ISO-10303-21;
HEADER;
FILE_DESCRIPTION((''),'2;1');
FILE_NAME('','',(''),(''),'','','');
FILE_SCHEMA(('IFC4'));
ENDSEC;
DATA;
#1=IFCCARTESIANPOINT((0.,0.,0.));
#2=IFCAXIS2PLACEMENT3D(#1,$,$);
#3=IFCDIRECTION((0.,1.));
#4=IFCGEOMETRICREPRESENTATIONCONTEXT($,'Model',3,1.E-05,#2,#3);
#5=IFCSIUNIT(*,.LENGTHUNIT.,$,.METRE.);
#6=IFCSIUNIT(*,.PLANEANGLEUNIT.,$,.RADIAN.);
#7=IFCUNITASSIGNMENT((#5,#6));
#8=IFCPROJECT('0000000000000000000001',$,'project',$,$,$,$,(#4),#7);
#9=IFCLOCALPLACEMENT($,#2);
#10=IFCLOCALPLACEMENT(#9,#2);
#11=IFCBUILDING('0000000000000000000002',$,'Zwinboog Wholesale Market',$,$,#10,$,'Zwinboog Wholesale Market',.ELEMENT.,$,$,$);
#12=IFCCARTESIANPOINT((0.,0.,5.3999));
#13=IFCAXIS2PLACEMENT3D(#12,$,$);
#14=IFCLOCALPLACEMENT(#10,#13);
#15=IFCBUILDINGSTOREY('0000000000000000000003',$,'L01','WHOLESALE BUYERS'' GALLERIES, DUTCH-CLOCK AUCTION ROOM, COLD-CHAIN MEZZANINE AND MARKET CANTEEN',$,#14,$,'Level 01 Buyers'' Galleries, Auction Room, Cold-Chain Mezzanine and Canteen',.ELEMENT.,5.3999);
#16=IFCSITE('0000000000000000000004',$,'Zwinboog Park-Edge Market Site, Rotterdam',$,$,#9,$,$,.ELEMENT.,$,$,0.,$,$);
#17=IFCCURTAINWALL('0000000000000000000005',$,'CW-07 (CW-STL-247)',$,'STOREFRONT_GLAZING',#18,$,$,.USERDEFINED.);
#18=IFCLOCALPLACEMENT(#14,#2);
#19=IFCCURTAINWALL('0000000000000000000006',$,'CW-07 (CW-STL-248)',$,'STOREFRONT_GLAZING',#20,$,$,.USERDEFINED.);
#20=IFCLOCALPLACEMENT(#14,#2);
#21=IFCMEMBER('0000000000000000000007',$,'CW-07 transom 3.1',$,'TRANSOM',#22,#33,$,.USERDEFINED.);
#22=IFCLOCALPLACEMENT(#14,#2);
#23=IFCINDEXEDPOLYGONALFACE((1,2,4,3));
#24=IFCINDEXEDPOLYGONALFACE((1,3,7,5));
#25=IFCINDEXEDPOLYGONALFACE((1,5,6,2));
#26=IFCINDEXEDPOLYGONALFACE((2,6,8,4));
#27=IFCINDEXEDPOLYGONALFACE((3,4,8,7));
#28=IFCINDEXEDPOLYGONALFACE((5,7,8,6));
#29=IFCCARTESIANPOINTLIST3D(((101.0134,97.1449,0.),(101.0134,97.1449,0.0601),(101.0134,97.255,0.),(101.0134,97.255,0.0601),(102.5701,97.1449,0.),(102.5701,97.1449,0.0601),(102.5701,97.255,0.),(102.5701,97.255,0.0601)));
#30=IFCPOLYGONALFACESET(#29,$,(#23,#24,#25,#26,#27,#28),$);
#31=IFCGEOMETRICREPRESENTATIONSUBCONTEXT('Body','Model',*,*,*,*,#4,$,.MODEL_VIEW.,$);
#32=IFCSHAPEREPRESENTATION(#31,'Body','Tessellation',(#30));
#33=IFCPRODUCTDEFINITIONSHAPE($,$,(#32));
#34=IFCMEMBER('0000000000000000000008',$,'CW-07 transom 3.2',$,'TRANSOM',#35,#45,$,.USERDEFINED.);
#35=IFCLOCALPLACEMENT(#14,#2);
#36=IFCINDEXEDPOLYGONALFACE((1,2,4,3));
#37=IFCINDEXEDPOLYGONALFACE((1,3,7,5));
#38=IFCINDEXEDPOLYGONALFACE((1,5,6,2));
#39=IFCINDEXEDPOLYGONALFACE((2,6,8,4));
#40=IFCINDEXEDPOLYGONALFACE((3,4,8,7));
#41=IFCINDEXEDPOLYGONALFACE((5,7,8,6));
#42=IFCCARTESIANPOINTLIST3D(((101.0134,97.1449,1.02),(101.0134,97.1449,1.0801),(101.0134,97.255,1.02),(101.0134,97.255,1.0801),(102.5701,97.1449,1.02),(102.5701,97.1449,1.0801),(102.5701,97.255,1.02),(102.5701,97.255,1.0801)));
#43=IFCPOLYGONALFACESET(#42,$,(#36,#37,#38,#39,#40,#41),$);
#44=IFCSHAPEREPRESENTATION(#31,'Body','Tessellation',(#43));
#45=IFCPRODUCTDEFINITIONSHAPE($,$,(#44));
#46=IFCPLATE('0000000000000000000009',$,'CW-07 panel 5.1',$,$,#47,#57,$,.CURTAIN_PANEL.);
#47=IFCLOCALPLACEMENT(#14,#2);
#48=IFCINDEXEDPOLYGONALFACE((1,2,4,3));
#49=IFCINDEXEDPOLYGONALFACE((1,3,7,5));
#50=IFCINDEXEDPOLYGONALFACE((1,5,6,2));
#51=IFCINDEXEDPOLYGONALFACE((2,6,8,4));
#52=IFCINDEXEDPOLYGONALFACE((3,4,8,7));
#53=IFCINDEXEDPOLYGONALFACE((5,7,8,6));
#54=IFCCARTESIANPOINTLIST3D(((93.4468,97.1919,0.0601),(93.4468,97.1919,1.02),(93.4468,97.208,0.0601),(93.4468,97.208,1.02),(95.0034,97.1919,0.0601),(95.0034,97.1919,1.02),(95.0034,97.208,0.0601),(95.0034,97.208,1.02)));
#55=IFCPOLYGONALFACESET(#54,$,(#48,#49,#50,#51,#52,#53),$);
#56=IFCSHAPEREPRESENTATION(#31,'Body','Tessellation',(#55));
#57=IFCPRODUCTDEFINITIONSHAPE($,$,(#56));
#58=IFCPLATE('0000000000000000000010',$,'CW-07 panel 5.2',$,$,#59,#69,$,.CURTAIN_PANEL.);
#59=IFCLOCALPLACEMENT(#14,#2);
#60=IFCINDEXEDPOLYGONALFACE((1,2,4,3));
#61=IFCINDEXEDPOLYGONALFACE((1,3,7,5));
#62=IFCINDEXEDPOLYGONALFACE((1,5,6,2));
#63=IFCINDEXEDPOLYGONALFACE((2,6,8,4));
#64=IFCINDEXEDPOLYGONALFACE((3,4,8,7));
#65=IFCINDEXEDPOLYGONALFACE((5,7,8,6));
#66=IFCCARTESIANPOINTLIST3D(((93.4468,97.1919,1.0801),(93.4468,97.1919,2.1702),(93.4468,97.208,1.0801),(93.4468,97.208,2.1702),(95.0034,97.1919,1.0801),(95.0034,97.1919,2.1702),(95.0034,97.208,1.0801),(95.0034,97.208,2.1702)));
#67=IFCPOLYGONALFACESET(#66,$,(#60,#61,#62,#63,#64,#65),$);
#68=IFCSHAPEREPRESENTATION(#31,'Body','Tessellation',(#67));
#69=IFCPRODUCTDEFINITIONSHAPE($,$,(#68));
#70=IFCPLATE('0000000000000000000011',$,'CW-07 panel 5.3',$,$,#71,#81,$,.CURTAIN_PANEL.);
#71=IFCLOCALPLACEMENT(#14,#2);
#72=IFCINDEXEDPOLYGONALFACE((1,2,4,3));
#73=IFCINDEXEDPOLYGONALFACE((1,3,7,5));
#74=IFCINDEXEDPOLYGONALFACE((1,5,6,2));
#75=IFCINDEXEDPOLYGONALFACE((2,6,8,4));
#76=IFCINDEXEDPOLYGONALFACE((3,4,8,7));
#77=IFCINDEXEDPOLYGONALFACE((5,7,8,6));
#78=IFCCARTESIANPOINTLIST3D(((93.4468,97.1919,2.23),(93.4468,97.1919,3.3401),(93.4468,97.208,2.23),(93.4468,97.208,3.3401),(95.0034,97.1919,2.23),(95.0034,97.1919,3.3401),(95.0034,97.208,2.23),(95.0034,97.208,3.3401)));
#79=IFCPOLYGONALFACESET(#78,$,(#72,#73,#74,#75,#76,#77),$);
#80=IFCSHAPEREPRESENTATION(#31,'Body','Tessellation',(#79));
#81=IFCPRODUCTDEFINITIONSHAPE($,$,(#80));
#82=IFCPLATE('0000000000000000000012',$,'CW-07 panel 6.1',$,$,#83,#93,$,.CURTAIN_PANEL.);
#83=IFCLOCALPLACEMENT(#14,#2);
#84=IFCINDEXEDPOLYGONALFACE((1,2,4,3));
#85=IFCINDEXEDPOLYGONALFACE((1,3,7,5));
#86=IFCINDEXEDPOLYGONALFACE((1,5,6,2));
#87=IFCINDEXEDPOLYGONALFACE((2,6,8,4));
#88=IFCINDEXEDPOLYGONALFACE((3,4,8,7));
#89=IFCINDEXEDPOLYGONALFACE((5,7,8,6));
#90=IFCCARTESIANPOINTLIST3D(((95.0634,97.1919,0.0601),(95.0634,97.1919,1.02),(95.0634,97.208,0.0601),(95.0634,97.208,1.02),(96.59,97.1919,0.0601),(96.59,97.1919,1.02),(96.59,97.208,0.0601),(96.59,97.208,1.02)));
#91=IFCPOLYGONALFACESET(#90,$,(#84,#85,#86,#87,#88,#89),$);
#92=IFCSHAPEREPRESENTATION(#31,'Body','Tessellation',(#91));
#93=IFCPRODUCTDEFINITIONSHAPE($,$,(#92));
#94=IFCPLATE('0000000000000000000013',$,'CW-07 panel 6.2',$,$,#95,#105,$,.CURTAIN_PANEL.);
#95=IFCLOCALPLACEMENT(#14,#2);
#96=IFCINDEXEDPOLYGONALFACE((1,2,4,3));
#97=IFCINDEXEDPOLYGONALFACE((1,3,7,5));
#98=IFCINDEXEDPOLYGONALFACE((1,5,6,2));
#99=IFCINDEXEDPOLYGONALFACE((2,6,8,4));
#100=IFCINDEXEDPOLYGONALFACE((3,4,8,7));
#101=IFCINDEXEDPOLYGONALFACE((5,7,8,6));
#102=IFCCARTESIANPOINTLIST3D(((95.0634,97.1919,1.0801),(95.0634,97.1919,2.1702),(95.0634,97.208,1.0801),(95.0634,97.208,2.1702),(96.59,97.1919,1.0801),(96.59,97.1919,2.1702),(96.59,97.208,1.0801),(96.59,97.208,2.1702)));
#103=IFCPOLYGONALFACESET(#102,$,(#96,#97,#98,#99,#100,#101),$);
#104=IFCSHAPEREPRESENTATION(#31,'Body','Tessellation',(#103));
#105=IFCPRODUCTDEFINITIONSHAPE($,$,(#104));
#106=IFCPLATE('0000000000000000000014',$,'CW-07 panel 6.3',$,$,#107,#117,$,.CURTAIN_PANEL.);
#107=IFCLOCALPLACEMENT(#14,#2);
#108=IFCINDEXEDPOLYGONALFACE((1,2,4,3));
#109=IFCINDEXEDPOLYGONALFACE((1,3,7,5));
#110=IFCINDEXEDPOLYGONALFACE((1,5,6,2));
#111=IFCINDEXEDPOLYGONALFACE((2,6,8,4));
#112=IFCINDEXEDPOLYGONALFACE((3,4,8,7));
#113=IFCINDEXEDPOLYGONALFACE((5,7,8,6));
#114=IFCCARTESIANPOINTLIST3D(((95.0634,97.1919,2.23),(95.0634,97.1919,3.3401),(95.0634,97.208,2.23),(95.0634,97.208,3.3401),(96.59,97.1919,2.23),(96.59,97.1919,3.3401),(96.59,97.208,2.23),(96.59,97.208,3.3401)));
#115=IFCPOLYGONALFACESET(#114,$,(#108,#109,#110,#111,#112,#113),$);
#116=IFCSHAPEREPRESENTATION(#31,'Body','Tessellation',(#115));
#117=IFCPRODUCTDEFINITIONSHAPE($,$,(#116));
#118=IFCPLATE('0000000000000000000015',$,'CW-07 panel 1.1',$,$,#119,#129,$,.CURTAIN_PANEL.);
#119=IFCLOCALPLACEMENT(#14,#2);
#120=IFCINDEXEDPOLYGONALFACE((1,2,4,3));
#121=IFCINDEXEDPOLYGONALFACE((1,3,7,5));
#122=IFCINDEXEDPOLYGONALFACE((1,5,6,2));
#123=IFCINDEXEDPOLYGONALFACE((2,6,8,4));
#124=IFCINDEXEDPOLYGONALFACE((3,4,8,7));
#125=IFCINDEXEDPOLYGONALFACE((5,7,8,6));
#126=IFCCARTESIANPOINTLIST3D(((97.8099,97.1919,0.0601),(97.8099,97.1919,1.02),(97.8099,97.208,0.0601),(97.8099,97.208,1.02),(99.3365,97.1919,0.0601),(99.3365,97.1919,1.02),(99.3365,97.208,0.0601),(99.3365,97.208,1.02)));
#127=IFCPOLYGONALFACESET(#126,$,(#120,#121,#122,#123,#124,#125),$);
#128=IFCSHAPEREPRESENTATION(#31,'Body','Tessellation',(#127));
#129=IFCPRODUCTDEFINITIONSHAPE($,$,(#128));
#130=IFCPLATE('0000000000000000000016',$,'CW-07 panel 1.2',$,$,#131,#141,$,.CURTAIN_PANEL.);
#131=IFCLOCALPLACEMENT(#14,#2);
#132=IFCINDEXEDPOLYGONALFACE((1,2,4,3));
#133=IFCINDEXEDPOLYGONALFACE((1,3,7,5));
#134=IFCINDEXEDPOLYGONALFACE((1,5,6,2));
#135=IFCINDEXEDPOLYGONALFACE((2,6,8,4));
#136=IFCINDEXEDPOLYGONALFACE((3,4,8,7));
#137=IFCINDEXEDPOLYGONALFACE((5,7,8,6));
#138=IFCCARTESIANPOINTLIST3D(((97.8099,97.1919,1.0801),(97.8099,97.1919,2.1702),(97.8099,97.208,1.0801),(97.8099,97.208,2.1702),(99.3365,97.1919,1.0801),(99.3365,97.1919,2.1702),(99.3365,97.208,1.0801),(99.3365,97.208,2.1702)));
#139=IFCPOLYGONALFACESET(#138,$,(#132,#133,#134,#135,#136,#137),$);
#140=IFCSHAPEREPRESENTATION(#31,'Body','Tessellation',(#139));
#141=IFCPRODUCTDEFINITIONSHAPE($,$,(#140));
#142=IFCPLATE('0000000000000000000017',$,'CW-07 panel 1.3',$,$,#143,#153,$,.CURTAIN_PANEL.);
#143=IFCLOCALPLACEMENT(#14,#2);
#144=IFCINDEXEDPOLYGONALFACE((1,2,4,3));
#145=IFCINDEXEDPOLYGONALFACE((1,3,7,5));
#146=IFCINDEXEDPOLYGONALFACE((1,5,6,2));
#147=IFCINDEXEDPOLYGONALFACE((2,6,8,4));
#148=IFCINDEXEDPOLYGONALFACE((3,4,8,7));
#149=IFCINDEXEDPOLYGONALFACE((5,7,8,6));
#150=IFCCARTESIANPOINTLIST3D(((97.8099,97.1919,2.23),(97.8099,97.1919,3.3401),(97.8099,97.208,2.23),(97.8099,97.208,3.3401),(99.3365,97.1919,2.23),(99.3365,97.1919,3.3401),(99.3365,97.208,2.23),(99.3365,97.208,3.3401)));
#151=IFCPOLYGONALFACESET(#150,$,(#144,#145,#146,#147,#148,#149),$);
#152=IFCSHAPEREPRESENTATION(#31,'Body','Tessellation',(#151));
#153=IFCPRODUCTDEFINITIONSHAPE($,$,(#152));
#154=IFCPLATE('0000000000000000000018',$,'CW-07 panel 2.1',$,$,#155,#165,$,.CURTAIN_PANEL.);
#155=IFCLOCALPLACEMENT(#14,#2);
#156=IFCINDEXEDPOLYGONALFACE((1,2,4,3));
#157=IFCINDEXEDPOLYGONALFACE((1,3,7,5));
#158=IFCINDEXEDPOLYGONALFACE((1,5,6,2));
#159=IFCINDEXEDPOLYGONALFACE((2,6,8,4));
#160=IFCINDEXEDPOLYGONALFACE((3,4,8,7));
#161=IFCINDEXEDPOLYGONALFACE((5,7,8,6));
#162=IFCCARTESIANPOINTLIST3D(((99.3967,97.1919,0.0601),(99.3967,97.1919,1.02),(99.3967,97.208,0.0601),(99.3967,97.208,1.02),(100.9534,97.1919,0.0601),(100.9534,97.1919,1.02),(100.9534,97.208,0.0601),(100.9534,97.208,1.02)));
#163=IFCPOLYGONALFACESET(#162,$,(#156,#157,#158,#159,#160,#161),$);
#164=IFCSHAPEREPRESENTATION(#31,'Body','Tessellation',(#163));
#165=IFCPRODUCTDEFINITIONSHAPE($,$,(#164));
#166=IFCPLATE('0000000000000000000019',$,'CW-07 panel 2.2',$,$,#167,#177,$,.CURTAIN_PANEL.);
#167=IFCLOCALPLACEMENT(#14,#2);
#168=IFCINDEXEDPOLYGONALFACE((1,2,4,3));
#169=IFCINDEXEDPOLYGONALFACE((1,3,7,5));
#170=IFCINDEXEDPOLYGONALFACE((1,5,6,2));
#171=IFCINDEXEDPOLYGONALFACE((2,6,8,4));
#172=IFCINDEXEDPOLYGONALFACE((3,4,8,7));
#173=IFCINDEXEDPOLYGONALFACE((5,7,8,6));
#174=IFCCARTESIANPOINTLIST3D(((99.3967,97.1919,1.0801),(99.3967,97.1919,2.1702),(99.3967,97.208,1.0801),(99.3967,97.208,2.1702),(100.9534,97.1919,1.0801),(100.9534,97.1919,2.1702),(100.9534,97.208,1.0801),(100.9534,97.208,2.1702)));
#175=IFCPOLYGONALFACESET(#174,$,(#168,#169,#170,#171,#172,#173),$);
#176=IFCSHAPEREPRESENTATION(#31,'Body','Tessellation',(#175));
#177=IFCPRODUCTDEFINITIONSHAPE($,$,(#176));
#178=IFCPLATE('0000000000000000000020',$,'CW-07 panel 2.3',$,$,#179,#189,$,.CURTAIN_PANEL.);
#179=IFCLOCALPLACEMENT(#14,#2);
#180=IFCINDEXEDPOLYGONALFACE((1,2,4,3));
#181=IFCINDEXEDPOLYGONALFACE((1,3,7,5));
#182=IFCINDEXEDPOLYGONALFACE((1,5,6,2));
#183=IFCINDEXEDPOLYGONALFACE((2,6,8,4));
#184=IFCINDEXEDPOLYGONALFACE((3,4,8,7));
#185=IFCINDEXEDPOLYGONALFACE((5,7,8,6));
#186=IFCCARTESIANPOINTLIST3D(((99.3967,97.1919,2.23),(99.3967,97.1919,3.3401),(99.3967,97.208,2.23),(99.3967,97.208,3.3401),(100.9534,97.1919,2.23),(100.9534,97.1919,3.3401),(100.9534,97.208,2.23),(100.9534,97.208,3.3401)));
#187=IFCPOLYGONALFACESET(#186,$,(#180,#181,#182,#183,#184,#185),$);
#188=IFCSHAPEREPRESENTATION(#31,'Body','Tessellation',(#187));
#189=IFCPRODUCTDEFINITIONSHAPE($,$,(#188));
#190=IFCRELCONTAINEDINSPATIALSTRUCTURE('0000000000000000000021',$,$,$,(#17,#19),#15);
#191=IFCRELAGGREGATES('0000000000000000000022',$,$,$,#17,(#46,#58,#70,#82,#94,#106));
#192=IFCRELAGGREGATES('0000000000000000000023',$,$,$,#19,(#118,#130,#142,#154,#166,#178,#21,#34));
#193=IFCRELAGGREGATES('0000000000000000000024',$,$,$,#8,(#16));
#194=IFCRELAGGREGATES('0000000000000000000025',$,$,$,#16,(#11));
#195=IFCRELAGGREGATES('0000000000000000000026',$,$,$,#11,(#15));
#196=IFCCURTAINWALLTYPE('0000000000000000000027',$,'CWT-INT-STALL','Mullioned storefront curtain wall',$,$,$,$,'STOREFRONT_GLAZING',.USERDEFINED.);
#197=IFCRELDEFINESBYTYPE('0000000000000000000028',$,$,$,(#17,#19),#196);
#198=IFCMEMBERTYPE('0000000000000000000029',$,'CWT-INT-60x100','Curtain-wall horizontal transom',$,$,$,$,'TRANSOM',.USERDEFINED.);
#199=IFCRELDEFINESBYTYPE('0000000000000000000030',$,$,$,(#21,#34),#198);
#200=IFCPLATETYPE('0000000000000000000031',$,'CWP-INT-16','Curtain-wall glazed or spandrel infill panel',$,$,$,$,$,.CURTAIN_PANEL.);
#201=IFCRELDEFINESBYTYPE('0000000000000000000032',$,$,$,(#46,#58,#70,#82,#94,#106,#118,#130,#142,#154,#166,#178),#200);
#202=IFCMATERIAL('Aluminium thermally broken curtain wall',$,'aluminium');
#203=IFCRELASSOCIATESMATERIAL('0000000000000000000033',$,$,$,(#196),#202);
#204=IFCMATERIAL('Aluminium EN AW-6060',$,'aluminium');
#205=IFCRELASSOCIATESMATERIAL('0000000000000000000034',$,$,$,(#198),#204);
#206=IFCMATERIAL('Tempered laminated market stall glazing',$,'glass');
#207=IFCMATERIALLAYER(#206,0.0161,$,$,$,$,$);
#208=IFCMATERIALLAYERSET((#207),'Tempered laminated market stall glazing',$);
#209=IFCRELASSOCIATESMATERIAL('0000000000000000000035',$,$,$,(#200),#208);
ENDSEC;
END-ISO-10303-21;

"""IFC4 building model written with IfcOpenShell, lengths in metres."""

from ifc_helpers import new_model, si_unit, direction, frame, origin, origin_2d, place, context, subcontext, project, spatial, rectangle, extrude, material, layer, layer_set, material_profile, profile_set, type_object, element, aggregate, save


model = new_model("IFC4")

# Units and contexts
model_context = context("Model", 3, precision=1e-05, world=origin(), true_north=direction((0.0, 1.0)))
body_context = subcontext(model_context, "Body", "Model", "MODEL_VIEW")
ifc_project = project(units=[si_unit("LENGTHUNIT", "METRE"), si_unit("PLANEANGLEUNIT", "RADIAN")], contexts=[model_context])

# Site, building, storey
site_placement = place(None, origin())
site = spatial("IfcSite", under=ifc_project, at=site_placement, Name="Zwinboog Park-Edge Market Site, Rotterdam", CompositionType="ELEMENT", RefElevation=0.0)
building_placement = place(site_placement, origin())
building = spatial("IfcBuilding", under=site, at=building_placement, Name="Zwinboog Wholesale Market", LongName="Zwinboog Wholesale Market", CompositionType="ELEMENT")
storey_placement = place(building_placement, frame((0.0, 0.0, 5.3999)))
storey = spatial("IfcBuildingStorey", under=building, at=storey_placement, Name="L01", Description="WHOLESALE BUYERS' GALLERIES, DUTCH-CLOCK AUCTION ROOM, COLD-CHAIN MEZZANINE AND MARKET CANTEEN", LongName="Level 01 Buyers' Galleries, Auction Room, Cold-Chain Mezzanine and Canteen", CompositionType="ELEMENT", Elevation=5.3999)

# Curtain walls
ifc_material_1 = material(Name="Aluminium thermally broken curtain wall", Category="aluminium")
curtain_wall_type = type_object("IfcCurtainWallType", Name="CWT-INT-STALL", Description="Mullioned storefront curtain wall", ElementType="STOREFRONT_GLAZING", PredefinedType="USERDEFINED", material=ifc_material_1)
curtain_wall_1_placement = place(storey_placement, origin())
curtain_wall_1 = element("IfcCurtainWall", 1, at=curtain_wall_1_placement, inside=storey, type_object=curtain_wall_type, Name="CW-07 (CW-STL-247)", ObjectType="STOREFRONT_GLAZING", PredefinedType="USERDEFINED")
ifc_material_2 = material(Name="Aluminium EN AW-6060", Category="aluminium")
curtain_wall_2_placement = place(storey_placement, origin())
curtain_wall_2 = element("IfcCurtainWall", 2, at=curtain_wall_2_placement, inside=storey, type_object=curtain_wall_type, Name="CW-07 (CW-STL-248)", ObjectType="STOREFRONT_GLAZING", PredefinedType="USERDEFINED")

# Members
ifc_material_profile_1 = material_profile(ifc_material_2, rectangle(XDim=0.1101, YDim=0.0601, at=origin_2d()), Name="AL 60x110")
ifc_profile_set_1 = profile_set([ifc_material_profile_1], Name="Aluminium EN AW-6060")
member_type_1 = type_object("IfcMemberType", Name="CWT-INT-60x100", Description="Curtain-wall horizontal transom", ElementType="TRANSOM", PredefinedType="USERDEFINED", material=ifc_profile_set_1)
member_1_placement = place(storey_placement, frame((101.0134, 97.2, 0.03), z_axis=(1.0, 0.0, 0.0), x_axis=(0.0, 1.0, 0.0)))
member_1 = element("IfcMember", 3, at=member_1_placement, type_object=member_type_1, Name="CW-07 transom 3.1", ObjectType="TRANSOM", PredefinedType="USERDEFINED", context=body_context, shape_type="SweptSolid", body=[
    extrude(rectangle(XDim=0.1101, YDim=0.0601, at=origin_2d()), origin(), (0.0, 0.0, 1.0), 1.5566),
])
member_2_placement = place(storey_placement, frame((101.0134, 97.2, 1.05), z_axis=(1.0, 0.0, 0.0), x_axis=(0.0, 1.0, 0.0)))
member_2 = element("IfcMember", 4, at=member_2_placement, type_object=member_type_1, Name="CW-07 transom 3.2", ObjectType="TRANSOM", PredefinedType="USERDEFINED", context=body_context, shape_type="SweptSolid", body=[
    extrude(rectangle(XDim=0.1101, YDim=0.0601, at=origin_2d()), origin(), (0.0, 0.0, 1.0), 1.5566),
])

# Plates
ifc_material_3 = material(Name="Tempered laminated market stall glazing", Category="glass")
ifc_layer = layer(ifc_material_3, 0.0161)
ifc_layer_set = layer_set([ifc_layer], Name="Tempered laminated market stall glazing")
plate_type = type_object("IfcPlateType", Name="CWP-INT-16", Description="Curtain-wall glazed or spandrel infill panel", PredefinedType="CURTAIN_PANEL", material=ifc_layer_set)
plate_1_placement = place(storey_placement, frame((94.2251, 97.2, 0.0601), z_axis=(0.0, 0.0, 1.0), x_axis=(1.0, 0.0, 0.0)))
plate_1 = element("IfcPlate", 5, at=plate_1_placement, type_object=plate_type, Name="CW-07 panel 5.1", PredefinedType="CURTAIN_PANEL", context=body_context, shape_type="SweptSolid", body=[
    extrude(rectangle(XDim=1.5566, YDim=0.0161, at=origin_2d()), origin(), (0.0, 0.0, 1.0), 0.96),
])
plate_2_placement = place(storey_placement, frame((94.2251, 97.2, 1.0801), z_axis=(0.0, 0.0, 1.0), x_axis=(1.0, 0.0, 0.0)))
plate_2 = element("IfcPlate", 6, at=plate_2_placement, type_object=plate_type, Name="CW-07 panel 5.2", PredefinedType="CURTAIN_PANEL", context=body_context, shape_type="SweptSolid", body=[
    extrude(rectangle(XDim=1.5566, YDim=0.0161, at=origin_2d()), origin(), (0.0, 0.0, 1.0), 1.0901),
])
plate_3_placement = place(storey_placement, frame((94.2251, 97.2, 2.23), z_axis=(0.0, 0.0, 1.0), x_axis=(1.0, 0.0, 0.0)))
plate_3 = element("IfcPlate", 7, at=plate_3_placement, type_object=plate_type, Name="CW-07 panel 5.3", PredefinedType="CURTAIN_PANEL", context=body_context, shape_type="SweptSolid", body=[
    extrude(rectangle(XDim=1.5566, YDim=0.0161, at=origin_2d()), origin(), (0.0, 0.0, 1.0), 1.1101),
])
plate_4_placement = place(storey_placement, frame((95.8267, 97.2, 0.0601), z_axis=(0.0, 0.0, 1.0), x_axis=(1.0, 0.0, 0.0)))
plate_4 = element("IfcPlate", 8, at=plate_4_placement, type_object=plate_type, Name="CW-07 panel 6.1", PredefinedType="CURTAIN_PANEL", context=body_context, shape_type="SweptSolid", body=[
    extrude(rectangle(XDim=1.5266, YDim=0.0161, at=origin_2d()), origin(), (0.0, 0.0, 1.0), 0.96),
])
plate_5_placement = place(storey_placement, frame((95.8267, 97.2, 1.0801), z_axis=(0.0, 0.0, 1.0), x_axis=(1.0, 0.0, 0.0)))
plate_5 = element("IfcPlate", 9, at=plate_5_placement, type_object=plate_type, Name="CW-07 panel 6.2", PredefinedType="CURTAIN_PANEL", context=body_context, shape_type="SweptSolid", body=[
    extrude(rectangle(XDim=1.5266, YDim=0.0161, at=origin_2d()), origin(), (0.0, 0.0, 1.0), 1.0901),
])
plate_6_placement = place(storey_placement, frame((95.8267, 97.2, 2.23), z_axis=(0.0, 0.0, 1.0), x_axis=(1.0, 0.0, 0.0)))
plate_6 = element("IfcPlate", 10, at=plate_6_placement, type_object=plate_type, Name="CW-07 panel 6.3", PredefinedType="CURTAIN_PANEL", context=body_context, shape_type="SweptSolid", body=[
    extrude(rectangle(XDim=1.5266, YDim=0.0161, at=origin_2d()), origin(), (0.0, 0.0, 1.0), 1.1101),
])
aggregate(curtain_wall_1, [plate_1, plate_2, plate_3, plate_4, plate_5, plate_6])
plate_7_placement = place(storey_placement, frame((98.5732, 97.2, 0.0601), z_axis=(0.0, 0.0, 1.0), x_axis=(1.0, 0.0, 0.0)))
plate_7 = element("IfcPlate", 11, at=plate_7_placement, type_object=plate_type, Name="CW-07 panel 1.1", PredefinedType="CURTAIN_PANEL", context=body_context, shape_type="SweptSolid", body=[
    extrude(rectangle(XDim=1.5266, YDim=0.0161, at=origin_2d()), origin(), (0.0, 0.0, 1.0), 0.96),
])
plate_8_placement = place(storey_placement, frame((98.5732, 97.2, 1.0801), z_axis=(0.0, 0.0, 1.0), x_axis=(1.0, 0.0, 0.0)))
plate_8 = element("IfcPlate", 12, at=plate_8_placement, type_object=plate_type, Name="CW-07 panel 1.2", PredefinedType="CURTAIN_PANEL", context=body_context, shape_type="SweptSolid", body=[
    extrude(rectangle(XDim=1.5266, YDim=0.0161, at=origin_2d()), origin(), (0.0, 0.0, 1.0), 1.0901),
])
plate_9_placement = place(storey_placement, frame((98.5732, 97.2, 2.23), z_axis=(0.0, 0.0, 1.0), x_axis=(1.0, 0.0, 0.0)))
plate_9 = element("IfcPlate", 13, at=plate_9_placement, type_object=plate_type, Name="CW-07 panel 1.3", PredefinedType="CURTAIN_PANEL", context=body_context, shape_type="SweptSolid", body=[
    extrude(rectangle(XDim=1.5266, YDim=0.0161, at=origin_2d()), origin(), (0.0, 0.0, 1.0), 1.1101),
])
plate_10_placement = place(storey_placement, frame((100.175, 97.2, 0.0601), z_axis=(0.0, 0.0, 1.0), x_axis=(1.0, 0.0, 0.0)))
plate_10 = element("IfcPlate", 14, at=plate_10_placement, type_object=plate_type, Name="CW-07 panel 2.1", PredefinedType="CURTAIN_PANEL", context=body_context, shape_type="SweptSolid", body=[
    extrude(rectangle(XDim=1.5566, YDim=0.0161, at=origin_2d()), origin(), (0.0, 0.0, 1.0), 0.96),
])
plate_11_placement = place(storey_placement, frame((100.175, 97.2, 1.0801), z_axis=(0.0, 0.0, 1.0), x_axis=(1.0, 0.0, 0.0)))
plate_11 = element("IfcPlate", 15, at=plate_11_placement, type_object=plate_type, Name="CW-07 panel 2.2", PredefinedType="CURTAIN_PANEL", context=body_context, shape_type="SweptSolid", body=[
    extrude(rectangle(XDim=1.5566, YDim=0.0161, at=origin_2d()), origin(), (0.0, 0.0, 1.0), 1.0901),
])
plate_12_placement = place(storey_placement, frame((100.175, 97.2, 2.23), z_axis=(0.0, 0.0, 1.0), x_axis=(1.0, 0.0, 0.0)))
plate_12 = element("IfcPlate", 16, at=plate_12_placement, type_object=plate_type, Name="CW-07 panel 2.3", PredefinedType="CURTAIN_PANEL", context=body_context, shape_type="SweptSolid", body=[
    extrude(rectangle(XDim=1.5566, YDim=0.0161, at=origin_2d()), origin(), (0.0, 0.0, 1.0), 1.1101),
])
aggregate(curtain_wall_2, [plate_7, plate_8, plate_9, plate_10, plate_11, plate_12, member_1, member_2])

save(model, "model.ifc")
